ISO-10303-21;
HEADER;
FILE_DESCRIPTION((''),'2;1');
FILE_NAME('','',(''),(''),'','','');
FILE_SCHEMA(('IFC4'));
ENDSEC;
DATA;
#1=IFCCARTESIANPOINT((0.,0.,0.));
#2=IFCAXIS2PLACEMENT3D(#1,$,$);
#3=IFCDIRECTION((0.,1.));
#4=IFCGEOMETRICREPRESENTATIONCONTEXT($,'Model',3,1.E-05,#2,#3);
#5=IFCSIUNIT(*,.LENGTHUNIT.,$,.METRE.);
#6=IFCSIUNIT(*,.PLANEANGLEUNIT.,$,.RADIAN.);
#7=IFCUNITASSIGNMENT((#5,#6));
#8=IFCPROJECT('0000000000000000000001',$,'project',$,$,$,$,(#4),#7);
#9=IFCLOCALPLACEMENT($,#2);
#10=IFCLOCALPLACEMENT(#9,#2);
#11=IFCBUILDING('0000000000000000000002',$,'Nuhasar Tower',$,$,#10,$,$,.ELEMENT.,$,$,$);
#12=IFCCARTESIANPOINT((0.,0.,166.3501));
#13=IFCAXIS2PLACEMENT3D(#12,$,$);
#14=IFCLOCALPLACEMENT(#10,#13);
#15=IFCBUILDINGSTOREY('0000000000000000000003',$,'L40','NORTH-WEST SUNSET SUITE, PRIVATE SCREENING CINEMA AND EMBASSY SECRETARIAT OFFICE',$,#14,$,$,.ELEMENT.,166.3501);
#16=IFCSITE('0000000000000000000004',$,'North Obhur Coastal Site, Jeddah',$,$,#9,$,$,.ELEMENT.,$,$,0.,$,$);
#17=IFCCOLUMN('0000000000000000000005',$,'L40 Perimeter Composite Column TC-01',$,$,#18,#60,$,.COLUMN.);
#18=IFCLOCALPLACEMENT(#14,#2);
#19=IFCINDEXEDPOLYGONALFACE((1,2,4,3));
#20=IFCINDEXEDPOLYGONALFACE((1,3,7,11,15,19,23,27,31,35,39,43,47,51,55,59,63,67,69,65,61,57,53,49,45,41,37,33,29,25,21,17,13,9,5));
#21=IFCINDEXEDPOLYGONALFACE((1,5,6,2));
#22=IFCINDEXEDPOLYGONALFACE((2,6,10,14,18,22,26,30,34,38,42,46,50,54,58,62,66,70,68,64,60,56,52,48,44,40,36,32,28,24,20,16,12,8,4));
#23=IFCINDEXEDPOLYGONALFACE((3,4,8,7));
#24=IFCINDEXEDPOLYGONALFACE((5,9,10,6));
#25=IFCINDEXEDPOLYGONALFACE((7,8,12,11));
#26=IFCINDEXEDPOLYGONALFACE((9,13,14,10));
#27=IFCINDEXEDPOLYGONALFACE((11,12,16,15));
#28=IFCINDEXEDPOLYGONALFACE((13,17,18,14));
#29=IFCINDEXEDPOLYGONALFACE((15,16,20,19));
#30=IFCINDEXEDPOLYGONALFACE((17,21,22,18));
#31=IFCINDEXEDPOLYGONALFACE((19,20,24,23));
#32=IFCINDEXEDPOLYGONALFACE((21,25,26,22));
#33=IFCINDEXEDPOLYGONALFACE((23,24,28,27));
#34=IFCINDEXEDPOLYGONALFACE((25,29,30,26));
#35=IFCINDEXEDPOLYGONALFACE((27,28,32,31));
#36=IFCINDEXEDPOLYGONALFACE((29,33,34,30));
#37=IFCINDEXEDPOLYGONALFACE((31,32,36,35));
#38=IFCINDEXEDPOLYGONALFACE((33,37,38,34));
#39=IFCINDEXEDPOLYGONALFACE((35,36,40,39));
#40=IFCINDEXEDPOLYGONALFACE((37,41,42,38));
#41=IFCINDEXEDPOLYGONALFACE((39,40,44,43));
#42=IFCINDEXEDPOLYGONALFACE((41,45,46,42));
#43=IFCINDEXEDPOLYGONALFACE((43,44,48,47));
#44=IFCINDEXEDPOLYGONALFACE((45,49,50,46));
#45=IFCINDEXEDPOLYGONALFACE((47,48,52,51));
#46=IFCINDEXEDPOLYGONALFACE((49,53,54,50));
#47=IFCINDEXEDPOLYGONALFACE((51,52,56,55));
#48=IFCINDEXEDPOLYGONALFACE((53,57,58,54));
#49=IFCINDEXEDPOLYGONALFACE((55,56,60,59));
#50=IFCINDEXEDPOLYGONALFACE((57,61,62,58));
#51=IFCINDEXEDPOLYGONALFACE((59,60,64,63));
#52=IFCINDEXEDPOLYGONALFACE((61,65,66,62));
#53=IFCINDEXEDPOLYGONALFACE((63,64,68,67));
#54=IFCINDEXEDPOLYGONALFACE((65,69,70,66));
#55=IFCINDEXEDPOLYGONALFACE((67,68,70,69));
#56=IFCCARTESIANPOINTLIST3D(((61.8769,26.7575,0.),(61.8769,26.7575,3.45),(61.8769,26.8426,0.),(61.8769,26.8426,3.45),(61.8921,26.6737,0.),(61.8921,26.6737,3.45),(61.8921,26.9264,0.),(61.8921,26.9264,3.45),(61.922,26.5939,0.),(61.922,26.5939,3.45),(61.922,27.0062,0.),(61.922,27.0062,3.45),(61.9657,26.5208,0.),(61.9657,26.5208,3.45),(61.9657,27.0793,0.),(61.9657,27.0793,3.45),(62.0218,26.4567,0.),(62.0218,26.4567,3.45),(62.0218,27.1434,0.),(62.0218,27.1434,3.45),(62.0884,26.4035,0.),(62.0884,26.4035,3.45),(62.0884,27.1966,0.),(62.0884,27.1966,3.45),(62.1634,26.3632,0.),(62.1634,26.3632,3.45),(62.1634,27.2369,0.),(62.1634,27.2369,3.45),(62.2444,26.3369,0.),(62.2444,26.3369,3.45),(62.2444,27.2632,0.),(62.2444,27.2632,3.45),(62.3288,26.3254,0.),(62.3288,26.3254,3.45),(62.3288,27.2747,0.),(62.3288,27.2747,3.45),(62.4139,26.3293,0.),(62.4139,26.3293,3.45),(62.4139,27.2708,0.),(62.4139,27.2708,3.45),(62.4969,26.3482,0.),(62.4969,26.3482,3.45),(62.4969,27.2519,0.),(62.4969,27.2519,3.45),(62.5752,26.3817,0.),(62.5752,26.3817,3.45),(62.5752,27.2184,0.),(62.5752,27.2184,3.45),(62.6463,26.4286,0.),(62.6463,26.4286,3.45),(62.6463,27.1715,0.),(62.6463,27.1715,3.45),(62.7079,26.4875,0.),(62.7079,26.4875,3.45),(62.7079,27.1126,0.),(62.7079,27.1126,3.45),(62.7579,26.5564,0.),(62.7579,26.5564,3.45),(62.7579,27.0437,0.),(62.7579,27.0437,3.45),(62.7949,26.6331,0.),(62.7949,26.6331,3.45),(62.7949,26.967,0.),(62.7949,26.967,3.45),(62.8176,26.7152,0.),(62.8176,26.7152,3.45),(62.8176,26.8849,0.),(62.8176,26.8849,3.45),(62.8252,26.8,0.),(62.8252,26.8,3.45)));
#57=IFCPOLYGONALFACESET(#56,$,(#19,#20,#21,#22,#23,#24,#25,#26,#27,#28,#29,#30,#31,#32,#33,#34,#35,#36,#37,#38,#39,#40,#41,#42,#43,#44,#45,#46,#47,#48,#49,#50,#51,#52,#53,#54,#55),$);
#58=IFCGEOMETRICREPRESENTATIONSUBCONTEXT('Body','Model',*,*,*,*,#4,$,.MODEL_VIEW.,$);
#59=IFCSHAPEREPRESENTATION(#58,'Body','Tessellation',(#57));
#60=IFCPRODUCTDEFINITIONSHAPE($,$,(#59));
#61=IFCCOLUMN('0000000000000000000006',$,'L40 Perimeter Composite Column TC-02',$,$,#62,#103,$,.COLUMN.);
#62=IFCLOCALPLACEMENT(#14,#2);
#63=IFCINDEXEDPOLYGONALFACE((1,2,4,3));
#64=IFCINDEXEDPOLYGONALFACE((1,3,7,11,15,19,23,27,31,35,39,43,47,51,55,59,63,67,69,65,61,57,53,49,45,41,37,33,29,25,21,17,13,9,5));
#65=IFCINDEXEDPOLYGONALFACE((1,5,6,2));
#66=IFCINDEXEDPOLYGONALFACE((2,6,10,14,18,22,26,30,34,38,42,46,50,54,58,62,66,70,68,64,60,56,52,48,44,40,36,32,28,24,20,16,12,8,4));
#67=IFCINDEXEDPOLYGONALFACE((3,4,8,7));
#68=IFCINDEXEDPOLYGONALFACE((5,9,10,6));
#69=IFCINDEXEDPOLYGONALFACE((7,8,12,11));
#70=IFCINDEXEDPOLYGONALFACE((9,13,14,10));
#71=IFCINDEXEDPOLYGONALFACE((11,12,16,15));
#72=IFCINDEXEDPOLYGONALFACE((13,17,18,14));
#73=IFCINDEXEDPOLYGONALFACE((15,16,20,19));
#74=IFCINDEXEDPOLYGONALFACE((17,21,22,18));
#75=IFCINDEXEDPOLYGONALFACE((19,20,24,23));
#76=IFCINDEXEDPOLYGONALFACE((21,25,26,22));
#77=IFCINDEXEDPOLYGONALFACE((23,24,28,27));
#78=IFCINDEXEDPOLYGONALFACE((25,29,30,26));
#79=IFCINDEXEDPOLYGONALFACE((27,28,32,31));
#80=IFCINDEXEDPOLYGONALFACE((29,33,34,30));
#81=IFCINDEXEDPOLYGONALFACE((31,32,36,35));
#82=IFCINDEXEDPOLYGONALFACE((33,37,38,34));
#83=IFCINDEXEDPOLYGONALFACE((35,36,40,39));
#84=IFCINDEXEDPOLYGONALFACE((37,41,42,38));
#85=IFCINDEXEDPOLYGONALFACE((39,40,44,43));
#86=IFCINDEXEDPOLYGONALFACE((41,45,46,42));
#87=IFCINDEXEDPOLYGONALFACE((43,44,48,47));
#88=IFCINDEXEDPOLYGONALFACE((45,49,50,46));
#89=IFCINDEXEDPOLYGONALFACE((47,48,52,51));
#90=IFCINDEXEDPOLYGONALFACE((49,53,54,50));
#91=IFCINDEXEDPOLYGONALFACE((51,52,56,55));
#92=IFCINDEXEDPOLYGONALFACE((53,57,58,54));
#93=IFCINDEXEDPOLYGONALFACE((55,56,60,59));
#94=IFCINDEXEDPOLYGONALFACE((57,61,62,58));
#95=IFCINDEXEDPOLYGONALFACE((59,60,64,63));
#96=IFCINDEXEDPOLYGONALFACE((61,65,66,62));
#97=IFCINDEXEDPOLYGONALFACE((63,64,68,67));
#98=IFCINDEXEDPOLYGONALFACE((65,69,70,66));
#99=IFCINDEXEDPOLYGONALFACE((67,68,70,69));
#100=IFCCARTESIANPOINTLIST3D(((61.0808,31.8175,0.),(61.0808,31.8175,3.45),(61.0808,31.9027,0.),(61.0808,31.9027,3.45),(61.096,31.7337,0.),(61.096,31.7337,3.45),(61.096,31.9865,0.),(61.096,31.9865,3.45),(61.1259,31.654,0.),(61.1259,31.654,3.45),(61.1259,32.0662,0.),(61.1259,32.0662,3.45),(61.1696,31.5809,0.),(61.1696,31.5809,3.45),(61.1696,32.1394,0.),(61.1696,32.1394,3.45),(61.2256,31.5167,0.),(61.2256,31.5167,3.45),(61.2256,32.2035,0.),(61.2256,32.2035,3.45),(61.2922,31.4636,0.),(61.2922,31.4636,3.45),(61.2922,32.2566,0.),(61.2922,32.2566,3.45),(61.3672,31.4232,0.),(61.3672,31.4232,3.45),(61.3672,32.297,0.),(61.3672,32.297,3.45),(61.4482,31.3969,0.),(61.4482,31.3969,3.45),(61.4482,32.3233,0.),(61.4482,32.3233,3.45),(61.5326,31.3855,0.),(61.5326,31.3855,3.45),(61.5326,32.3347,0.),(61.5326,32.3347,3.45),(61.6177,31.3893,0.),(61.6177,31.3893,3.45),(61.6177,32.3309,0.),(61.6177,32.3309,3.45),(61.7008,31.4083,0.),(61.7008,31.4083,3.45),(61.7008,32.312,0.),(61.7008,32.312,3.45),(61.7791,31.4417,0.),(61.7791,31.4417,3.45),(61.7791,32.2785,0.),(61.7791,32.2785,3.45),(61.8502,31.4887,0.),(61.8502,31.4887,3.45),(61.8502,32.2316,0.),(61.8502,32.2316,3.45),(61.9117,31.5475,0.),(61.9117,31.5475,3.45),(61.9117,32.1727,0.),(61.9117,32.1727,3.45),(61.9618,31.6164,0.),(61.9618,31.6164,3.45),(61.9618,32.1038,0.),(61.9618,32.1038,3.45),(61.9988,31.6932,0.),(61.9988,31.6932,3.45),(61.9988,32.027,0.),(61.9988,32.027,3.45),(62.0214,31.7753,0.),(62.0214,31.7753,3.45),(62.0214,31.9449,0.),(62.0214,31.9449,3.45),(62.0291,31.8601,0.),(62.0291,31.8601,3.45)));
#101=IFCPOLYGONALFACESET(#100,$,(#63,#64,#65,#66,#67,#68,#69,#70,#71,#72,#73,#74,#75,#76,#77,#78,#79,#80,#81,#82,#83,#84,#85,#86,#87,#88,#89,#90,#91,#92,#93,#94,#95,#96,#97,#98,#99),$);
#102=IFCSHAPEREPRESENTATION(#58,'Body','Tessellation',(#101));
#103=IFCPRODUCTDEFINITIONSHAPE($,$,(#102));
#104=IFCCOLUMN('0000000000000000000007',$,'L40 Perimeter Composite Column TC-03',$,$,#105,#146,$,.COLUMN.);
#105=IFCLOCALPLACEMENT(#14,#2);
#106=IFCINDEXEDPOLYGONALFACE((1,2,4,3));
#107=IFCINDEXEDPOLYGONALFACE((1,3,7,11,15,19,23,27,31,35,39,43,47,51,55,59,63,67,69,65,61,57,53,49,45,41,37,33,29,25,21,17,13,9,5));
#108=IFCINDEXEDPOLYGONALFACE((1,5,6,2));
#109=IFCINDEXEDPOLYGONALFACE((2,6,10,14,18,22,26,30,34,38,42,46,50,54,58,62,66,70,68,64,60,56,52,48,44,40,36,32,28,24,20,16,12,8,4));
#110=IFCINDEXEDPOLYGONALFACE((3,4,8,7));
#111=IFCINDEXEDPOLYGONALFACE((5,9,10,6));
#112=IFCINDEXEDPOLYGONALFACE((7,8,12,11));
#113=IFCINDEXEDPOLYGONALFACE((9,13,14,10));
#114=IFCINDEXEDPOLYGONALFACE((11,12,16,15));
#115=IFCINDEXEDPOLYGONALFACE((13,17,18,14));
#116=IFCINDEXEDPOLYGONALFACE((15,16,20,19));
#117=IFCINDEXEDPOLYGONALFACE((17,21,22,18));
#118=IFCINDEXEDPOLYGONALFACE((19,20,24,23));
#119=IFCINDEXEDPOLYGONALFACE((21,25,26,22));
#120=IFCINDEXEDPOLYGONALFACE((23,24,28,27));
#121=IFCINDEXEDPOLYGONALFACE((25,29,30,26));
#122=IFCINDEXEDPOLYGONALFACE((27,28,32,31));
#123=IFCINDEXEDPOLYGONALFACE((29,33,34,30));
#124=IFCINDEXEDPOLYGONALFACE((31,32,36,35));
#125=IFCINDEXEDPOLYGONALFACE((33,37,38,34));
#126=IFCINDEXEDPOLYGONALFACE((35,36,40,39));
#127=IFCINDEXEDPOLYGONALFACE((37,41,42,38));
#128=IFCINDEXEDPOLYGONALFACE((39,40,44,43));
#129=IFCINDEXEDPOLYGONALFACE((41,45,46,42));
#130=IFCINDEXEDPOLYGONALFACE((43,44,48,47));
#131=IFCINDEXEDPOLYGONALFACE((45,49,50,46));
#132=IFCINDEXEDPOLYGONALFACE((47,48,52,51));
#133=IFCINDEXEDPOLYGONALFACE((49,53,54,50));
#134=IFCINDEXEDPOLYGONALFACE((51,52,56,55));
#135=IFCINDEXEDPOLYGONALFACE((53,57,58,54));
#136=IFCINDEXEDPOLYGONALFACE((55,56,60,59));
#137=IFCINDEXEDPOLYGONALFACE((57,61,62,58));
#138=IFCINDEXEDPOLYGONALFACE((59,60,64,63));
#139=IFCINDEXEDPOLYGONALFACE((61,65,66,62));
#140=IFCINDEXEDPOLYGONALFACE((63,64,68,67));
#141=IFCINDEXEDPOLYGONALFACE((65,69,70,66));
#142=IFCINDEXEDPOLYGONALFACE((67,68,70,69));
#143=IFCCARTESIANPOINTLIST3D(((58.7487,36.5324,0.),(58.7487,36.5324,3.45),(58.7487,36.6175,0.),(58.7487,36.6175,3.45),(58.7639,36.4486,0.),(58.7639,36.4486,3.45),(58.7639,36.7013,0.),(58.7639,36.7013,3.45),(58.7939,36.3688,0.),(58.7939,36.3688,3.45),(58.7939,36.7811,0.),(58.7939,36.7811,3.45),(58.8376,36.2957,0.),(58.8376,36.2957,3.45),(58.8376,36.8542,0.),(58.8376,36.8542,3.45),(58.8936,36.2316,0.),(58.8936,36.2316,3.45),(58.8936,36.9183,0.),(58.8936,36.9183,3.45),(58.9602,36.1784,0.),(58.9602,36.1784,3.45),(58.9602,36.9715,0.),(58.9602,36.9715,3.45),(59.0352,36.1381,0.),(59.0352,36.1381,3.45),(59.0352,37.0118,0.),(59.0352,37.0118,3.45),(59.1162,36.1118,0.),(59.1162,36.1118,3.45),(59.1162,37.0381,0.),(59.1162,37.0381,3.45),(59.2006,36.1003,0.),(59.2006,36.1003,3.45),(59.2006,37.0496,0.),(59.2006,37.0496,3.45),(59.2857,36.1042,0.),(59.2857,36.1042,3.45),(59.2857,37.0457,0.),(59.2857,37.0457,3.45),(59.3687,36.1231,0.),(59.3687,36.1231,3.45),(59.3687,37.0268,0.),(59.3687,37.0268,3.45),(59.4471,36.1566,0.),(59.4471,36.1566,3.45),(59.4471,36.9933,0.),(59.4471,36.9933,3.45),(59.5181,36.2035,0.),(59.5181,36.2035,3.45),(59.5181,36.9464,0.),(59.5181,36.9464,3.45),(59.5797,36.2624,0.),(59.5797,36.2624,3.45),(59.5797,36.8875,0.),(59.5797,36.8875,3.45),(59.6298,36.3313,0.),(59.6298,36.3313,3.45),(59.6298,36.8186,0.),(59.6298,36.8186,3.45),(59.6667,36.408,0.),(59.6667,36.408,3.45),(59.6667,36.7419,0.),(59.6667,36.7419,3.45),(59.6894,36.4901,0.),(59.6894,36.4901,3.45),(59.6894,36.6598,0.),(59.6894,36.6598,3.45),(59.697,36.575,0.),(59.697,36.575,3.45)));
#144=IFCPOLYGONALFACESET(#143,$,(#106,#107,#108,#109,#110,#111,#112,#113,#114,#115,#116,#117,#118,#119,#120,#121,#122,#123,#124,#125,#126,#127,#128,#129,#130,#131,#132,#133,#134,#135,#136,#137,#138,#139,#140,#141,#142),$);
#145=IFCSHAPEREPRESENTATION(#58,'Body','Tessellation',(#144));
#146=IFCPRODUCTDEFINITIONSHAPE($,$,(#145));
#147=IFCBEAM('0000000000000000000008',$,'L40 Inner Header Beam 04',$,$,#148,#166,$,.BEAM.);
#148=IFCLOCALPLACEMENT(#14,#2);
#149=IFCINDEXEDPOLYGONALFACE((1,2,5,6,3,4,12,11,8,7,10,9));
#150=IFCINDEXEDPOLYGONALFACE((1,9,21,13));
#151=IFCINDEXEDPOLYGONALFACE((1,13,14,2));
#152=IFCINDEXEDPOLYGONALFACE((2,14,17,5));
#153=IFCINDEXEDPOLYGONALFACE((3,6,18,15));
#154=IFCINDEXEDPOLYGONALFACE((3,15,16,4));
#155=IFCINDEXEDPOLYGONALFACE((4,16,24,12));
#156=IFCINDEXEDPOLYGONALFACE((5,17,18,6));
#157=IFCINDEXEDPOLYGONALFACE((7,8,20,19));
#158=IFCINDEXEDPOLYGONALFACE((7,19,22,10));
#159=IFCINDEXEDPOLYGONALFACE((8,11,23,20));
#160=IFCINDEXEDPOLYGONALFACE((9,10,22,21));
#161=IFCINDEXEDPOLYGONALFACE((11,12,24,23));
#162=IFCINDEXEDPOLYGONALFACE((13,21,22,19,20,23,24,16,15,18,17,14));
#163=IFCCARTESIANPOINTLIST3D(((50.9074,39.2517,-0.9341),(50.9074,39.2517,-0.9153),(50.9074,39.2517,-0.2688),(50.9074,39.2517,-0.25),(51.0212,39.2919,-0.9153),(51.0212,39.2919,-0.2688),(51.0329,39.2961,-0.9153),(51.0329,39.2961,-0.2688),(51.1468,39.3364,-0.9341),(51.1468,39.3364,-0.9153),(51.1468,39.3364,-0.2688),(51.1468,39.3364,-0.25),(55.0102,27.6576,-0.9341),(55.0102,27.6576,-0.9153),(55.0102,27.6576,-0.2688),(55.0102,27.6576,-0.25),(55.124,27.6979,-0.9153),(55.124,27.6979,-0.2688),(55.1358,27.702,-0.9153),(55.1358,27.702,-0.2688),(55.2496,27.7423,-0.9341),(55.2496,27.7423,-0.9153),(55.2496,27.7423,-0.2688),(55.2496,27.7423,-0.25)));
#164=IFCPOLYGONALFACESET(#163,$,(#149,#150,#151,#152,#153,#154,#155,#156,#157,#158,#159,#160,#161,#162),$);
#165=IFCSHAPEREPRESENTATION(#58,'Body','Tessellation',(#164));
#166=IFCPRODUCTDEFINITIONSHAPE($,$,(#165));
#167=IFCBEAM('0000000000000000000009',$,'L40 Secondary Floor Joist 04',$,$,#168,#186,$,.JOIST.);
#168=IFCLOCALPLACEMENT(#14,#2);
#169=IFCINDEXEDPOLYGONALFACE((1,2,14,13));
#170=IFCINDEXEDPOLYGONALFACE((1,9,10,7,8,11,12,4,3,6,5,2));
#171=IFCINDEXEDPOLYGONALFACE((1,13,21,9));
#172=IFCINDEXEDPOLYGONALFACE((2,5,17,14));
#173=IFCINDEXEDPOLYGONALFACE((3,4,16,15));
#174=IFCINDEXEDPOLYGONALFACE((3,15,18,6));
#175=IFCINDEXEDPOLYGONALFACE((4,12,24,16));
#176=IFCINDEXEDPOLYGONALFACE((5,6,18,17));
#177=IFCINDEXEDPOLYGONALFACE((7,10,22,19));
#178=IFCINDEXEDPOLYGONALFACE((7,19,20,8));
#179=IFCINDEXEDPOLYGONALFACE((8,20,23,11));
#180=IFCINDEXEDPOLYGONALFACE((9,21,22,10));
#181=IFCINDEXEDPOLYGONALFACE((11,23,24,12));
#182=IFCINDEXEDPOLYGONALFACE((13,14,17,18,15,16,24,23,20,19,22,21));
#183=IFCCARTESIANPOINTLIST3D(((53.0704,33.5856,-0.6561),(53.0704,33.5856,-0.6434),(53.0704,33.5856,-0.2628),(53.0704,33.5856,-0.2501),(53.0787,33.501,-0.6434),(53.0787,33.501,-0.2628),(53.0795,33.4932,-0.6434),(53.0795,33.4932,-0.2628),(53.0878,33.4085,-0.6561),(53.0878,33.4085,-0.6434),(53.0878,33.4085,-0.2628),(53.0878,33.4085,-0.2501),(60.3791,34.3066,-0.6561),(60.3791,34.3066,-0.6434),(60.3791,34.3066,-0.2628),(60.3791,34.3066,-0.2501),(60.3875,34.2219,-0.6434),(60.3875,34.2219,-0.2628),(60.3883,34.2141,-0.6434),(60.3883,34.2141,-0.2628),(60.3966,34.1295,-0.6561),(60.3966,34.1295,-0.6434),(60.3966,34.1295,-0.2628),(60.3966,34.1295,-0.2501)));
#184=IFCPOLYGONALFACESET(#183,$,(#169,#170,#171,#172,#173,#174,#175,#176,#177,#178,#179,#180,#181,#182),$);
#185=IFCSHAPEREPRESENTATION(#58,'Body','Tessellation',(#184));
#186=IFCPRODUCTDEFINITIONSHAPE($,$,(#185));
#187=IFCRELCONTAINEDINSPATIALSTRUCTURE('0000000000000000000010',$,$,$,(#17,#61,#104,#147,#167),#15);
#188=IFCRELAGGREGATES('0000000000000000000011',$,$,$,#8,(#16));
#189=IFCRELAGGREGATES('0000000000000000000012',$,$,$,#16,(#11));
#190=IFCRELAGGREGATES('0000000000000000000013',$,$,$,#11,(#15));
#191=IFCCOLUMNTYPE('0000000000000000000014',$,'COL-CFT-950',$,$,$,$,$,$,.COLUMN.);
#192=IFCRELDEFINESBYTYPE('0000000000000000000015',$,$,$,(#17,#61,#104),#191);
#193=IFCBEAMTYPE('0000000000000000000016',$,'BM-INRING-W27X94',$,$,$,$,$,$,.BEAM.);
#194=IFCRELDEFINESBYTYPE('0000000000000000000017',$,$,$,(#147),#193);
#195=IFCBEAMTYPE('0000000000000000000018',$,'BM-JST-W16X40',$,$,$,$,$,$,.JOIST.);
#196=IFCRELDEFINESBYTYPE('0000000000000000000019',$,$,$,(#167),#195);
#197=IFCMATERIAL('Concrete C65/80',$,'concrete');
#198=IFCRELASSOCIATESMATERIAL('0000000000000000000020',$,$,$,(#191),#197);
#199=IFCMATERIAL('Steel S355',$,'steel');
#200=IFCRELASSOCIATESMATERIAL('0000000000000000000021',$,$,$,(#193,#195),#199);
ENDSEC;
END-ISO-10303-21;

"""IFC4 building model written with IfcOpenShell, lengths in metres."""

from ifc_helpers import new_model, si_unit, direction, frame, origin, origin_2d, place, context, subcontext, project, spatial, circle, i_section, extrude, material, material_profile, profile_set, type_object, element, save


model = new_model("IFC4")

# Units and contexts
model_context = context("Model", 3, precision=1e-05, world=origin(), true_north=direction((0.0, 1.0)))
body_context = subcontext(model_context, "Body", "Model", "MODEL_VIEW")
ifc_project = project(units=[si_unit("LENGTHUNIT", "METRE"), si_unit("PLANEANGLEUNIT", "RADIAN")], contexts=[model_context])

# Site, building, storey
site_placement = place(None, origin())
site = spatial("IfcSite", under=ifc_project, at=site_placement, Name="North Obhur Coastal Site, Jeddah", CompositionType="ELEMENT", RefElevation=0.0)
building_placement = place(site_placement, origin())
building = spatial("IfcBuilding", under=site, at=building_placement, Name="Nuhasar Tower", CompositionType="ELEMENT")
storey_placement = place(building_placement, frame((0.0, 0.0, 166.3501)))
storey = spatial("IfcBuildingStorey", under=building, at=storey_placement, Name="L40", Description="NORTH-WEST SUNSET SUITE, PRIVATE SCREENING CINEMA AND EMBASSY SECRETARIAT OFFICE", CompositionType="ELEMENT", Elevation=166.3501)

# Columns
ifc_material_1 = material(Name="Concrete C65/80", Category="concrete")
ifc_material_profile_1 = material_profile(ifc_material_1, circle(Radius=0.4751, at=origin_2d()), Name="CFT950")
ifc_profile_set_1 = profile_set([ifc_material_profile_1], Name="Concrete C65/80")
column_type = type_object("IfcColumnType", Name="COL-CFT-950", PredefinedType="COLUMN", material=ifc_profile_set_1)
for number, where, z_axis, x_axis, name in (
    (1, (62.3501, 26.8, 0.0), (0.0, 0.0, 1.0), (1.0, 0.0, 0.0), "L40 Perimeter Composite Column TC-01"),
    (2, (61.554, 31.8601, 0.0), (0.0, 0.0, 1.0), (1.0, 0.0, 0.0), "L40 Perimeter Composite Column TC-02"),
    (3, (59.2219, 36.575, 0.0), (0.0, 0.0, 1.0), (1.0, 0.0, 0.0), "L40 Perimeter Composite Column TC-03"),
):
    element("IfcColumn", number, at=place(storey_placement, frame(where, z_axis=z_axis, x_axis=x_axis)), inside=storey, type_object=column_type, Name=name, PredefinedType="COLUMN", context=body_context, shape_type="SweptSolid", body=[
        extrude(circle(Radius=0.4751, at=origin_2d()), origin(), (0.0, 0.0, 1.0), 3.45),
    ])

# Beams
ifc_material_2 = material(Name="Steel S355", Category="steel")
ifc_material_profile_2 = material_profile(ifc_material_2, i_section(OverallWidth=0.2539, OverallDepth=0.6841, WebThickness=0.0125, FlangeThickness=0.0188, at=origin_2d()), Name="W27X94")
ifc_profile_set_2 = profile_set([ifc_material_profile_2], Name="Steel S355")
beam_type_1 = type_object("IfcBeamType", Name="BM-INRING-W27X94", PredefinedType="BEAM", material=ifc_profile_set_2)
beam_1_placement = place(storey_placement, frame((55.1299, 27.7, -0.592), z_axis=(-0.3336, 0.942715, 0.0), x_axis=(-0.942715, -0.3336, 0.0)))
element("IfcBeam", 4, at=beam_1_placement, inside=storey, type_object=beam_type_1, Name="L40 Inner Header Beam 04", PredefinedType="BEAM", context=body_context, shape_type="SweptSolid", body=[
    extrude(i_section(OverallWidth=0.2539, OverallDepth=0.6841, WebThickness=0.0125, FlangeThickness=0.0188, at=origin_2d()), origin(), (0.0, 0.0, 1.0), 12.2986),
])
ifc_material_profile_3 = material_profile(ifc_material_2, i_section(OverallWidth=0.178, OverallDepth=0.406, WebThickness=0.0078, FlangeThickness=0.0127, at=origin_2d()), Name="W16X40")
ifc_profile_set_3 = profile_set([ifc_material_profile_3], Name="Steel S355")
beam_type_2 = type_object("IfcBeamType", Name="BM-JST-W16X40", PredefinedType="JOIST", material=ifc_profile_set_3)
beam_2_placement = place(storey_placement, frame((53.0791, 33.4971, -0.4531), z_axis=(0.99517, 0.098164, 0.0), x_axis=(-0.098164, 0.99517, 0.0)))
element("IfcBeam", 5, at=beam_2_placement, inside=storey, type_object=beam_type_2, Name="L40 Secondary Floor Joist 04", PredefinedType="JOIST", context=body_context, shape_type="SweptSolid", body=[
    extrude(i_section(OverallWidth=0.178, OverallDepth=0.406, WebThickness=0.0078, FlangeThickness=0.0127, at=origin_2d()), origin(), (0.0, 0.0, 1.0), 7.3442),
])

save(model, "model.ifc")
